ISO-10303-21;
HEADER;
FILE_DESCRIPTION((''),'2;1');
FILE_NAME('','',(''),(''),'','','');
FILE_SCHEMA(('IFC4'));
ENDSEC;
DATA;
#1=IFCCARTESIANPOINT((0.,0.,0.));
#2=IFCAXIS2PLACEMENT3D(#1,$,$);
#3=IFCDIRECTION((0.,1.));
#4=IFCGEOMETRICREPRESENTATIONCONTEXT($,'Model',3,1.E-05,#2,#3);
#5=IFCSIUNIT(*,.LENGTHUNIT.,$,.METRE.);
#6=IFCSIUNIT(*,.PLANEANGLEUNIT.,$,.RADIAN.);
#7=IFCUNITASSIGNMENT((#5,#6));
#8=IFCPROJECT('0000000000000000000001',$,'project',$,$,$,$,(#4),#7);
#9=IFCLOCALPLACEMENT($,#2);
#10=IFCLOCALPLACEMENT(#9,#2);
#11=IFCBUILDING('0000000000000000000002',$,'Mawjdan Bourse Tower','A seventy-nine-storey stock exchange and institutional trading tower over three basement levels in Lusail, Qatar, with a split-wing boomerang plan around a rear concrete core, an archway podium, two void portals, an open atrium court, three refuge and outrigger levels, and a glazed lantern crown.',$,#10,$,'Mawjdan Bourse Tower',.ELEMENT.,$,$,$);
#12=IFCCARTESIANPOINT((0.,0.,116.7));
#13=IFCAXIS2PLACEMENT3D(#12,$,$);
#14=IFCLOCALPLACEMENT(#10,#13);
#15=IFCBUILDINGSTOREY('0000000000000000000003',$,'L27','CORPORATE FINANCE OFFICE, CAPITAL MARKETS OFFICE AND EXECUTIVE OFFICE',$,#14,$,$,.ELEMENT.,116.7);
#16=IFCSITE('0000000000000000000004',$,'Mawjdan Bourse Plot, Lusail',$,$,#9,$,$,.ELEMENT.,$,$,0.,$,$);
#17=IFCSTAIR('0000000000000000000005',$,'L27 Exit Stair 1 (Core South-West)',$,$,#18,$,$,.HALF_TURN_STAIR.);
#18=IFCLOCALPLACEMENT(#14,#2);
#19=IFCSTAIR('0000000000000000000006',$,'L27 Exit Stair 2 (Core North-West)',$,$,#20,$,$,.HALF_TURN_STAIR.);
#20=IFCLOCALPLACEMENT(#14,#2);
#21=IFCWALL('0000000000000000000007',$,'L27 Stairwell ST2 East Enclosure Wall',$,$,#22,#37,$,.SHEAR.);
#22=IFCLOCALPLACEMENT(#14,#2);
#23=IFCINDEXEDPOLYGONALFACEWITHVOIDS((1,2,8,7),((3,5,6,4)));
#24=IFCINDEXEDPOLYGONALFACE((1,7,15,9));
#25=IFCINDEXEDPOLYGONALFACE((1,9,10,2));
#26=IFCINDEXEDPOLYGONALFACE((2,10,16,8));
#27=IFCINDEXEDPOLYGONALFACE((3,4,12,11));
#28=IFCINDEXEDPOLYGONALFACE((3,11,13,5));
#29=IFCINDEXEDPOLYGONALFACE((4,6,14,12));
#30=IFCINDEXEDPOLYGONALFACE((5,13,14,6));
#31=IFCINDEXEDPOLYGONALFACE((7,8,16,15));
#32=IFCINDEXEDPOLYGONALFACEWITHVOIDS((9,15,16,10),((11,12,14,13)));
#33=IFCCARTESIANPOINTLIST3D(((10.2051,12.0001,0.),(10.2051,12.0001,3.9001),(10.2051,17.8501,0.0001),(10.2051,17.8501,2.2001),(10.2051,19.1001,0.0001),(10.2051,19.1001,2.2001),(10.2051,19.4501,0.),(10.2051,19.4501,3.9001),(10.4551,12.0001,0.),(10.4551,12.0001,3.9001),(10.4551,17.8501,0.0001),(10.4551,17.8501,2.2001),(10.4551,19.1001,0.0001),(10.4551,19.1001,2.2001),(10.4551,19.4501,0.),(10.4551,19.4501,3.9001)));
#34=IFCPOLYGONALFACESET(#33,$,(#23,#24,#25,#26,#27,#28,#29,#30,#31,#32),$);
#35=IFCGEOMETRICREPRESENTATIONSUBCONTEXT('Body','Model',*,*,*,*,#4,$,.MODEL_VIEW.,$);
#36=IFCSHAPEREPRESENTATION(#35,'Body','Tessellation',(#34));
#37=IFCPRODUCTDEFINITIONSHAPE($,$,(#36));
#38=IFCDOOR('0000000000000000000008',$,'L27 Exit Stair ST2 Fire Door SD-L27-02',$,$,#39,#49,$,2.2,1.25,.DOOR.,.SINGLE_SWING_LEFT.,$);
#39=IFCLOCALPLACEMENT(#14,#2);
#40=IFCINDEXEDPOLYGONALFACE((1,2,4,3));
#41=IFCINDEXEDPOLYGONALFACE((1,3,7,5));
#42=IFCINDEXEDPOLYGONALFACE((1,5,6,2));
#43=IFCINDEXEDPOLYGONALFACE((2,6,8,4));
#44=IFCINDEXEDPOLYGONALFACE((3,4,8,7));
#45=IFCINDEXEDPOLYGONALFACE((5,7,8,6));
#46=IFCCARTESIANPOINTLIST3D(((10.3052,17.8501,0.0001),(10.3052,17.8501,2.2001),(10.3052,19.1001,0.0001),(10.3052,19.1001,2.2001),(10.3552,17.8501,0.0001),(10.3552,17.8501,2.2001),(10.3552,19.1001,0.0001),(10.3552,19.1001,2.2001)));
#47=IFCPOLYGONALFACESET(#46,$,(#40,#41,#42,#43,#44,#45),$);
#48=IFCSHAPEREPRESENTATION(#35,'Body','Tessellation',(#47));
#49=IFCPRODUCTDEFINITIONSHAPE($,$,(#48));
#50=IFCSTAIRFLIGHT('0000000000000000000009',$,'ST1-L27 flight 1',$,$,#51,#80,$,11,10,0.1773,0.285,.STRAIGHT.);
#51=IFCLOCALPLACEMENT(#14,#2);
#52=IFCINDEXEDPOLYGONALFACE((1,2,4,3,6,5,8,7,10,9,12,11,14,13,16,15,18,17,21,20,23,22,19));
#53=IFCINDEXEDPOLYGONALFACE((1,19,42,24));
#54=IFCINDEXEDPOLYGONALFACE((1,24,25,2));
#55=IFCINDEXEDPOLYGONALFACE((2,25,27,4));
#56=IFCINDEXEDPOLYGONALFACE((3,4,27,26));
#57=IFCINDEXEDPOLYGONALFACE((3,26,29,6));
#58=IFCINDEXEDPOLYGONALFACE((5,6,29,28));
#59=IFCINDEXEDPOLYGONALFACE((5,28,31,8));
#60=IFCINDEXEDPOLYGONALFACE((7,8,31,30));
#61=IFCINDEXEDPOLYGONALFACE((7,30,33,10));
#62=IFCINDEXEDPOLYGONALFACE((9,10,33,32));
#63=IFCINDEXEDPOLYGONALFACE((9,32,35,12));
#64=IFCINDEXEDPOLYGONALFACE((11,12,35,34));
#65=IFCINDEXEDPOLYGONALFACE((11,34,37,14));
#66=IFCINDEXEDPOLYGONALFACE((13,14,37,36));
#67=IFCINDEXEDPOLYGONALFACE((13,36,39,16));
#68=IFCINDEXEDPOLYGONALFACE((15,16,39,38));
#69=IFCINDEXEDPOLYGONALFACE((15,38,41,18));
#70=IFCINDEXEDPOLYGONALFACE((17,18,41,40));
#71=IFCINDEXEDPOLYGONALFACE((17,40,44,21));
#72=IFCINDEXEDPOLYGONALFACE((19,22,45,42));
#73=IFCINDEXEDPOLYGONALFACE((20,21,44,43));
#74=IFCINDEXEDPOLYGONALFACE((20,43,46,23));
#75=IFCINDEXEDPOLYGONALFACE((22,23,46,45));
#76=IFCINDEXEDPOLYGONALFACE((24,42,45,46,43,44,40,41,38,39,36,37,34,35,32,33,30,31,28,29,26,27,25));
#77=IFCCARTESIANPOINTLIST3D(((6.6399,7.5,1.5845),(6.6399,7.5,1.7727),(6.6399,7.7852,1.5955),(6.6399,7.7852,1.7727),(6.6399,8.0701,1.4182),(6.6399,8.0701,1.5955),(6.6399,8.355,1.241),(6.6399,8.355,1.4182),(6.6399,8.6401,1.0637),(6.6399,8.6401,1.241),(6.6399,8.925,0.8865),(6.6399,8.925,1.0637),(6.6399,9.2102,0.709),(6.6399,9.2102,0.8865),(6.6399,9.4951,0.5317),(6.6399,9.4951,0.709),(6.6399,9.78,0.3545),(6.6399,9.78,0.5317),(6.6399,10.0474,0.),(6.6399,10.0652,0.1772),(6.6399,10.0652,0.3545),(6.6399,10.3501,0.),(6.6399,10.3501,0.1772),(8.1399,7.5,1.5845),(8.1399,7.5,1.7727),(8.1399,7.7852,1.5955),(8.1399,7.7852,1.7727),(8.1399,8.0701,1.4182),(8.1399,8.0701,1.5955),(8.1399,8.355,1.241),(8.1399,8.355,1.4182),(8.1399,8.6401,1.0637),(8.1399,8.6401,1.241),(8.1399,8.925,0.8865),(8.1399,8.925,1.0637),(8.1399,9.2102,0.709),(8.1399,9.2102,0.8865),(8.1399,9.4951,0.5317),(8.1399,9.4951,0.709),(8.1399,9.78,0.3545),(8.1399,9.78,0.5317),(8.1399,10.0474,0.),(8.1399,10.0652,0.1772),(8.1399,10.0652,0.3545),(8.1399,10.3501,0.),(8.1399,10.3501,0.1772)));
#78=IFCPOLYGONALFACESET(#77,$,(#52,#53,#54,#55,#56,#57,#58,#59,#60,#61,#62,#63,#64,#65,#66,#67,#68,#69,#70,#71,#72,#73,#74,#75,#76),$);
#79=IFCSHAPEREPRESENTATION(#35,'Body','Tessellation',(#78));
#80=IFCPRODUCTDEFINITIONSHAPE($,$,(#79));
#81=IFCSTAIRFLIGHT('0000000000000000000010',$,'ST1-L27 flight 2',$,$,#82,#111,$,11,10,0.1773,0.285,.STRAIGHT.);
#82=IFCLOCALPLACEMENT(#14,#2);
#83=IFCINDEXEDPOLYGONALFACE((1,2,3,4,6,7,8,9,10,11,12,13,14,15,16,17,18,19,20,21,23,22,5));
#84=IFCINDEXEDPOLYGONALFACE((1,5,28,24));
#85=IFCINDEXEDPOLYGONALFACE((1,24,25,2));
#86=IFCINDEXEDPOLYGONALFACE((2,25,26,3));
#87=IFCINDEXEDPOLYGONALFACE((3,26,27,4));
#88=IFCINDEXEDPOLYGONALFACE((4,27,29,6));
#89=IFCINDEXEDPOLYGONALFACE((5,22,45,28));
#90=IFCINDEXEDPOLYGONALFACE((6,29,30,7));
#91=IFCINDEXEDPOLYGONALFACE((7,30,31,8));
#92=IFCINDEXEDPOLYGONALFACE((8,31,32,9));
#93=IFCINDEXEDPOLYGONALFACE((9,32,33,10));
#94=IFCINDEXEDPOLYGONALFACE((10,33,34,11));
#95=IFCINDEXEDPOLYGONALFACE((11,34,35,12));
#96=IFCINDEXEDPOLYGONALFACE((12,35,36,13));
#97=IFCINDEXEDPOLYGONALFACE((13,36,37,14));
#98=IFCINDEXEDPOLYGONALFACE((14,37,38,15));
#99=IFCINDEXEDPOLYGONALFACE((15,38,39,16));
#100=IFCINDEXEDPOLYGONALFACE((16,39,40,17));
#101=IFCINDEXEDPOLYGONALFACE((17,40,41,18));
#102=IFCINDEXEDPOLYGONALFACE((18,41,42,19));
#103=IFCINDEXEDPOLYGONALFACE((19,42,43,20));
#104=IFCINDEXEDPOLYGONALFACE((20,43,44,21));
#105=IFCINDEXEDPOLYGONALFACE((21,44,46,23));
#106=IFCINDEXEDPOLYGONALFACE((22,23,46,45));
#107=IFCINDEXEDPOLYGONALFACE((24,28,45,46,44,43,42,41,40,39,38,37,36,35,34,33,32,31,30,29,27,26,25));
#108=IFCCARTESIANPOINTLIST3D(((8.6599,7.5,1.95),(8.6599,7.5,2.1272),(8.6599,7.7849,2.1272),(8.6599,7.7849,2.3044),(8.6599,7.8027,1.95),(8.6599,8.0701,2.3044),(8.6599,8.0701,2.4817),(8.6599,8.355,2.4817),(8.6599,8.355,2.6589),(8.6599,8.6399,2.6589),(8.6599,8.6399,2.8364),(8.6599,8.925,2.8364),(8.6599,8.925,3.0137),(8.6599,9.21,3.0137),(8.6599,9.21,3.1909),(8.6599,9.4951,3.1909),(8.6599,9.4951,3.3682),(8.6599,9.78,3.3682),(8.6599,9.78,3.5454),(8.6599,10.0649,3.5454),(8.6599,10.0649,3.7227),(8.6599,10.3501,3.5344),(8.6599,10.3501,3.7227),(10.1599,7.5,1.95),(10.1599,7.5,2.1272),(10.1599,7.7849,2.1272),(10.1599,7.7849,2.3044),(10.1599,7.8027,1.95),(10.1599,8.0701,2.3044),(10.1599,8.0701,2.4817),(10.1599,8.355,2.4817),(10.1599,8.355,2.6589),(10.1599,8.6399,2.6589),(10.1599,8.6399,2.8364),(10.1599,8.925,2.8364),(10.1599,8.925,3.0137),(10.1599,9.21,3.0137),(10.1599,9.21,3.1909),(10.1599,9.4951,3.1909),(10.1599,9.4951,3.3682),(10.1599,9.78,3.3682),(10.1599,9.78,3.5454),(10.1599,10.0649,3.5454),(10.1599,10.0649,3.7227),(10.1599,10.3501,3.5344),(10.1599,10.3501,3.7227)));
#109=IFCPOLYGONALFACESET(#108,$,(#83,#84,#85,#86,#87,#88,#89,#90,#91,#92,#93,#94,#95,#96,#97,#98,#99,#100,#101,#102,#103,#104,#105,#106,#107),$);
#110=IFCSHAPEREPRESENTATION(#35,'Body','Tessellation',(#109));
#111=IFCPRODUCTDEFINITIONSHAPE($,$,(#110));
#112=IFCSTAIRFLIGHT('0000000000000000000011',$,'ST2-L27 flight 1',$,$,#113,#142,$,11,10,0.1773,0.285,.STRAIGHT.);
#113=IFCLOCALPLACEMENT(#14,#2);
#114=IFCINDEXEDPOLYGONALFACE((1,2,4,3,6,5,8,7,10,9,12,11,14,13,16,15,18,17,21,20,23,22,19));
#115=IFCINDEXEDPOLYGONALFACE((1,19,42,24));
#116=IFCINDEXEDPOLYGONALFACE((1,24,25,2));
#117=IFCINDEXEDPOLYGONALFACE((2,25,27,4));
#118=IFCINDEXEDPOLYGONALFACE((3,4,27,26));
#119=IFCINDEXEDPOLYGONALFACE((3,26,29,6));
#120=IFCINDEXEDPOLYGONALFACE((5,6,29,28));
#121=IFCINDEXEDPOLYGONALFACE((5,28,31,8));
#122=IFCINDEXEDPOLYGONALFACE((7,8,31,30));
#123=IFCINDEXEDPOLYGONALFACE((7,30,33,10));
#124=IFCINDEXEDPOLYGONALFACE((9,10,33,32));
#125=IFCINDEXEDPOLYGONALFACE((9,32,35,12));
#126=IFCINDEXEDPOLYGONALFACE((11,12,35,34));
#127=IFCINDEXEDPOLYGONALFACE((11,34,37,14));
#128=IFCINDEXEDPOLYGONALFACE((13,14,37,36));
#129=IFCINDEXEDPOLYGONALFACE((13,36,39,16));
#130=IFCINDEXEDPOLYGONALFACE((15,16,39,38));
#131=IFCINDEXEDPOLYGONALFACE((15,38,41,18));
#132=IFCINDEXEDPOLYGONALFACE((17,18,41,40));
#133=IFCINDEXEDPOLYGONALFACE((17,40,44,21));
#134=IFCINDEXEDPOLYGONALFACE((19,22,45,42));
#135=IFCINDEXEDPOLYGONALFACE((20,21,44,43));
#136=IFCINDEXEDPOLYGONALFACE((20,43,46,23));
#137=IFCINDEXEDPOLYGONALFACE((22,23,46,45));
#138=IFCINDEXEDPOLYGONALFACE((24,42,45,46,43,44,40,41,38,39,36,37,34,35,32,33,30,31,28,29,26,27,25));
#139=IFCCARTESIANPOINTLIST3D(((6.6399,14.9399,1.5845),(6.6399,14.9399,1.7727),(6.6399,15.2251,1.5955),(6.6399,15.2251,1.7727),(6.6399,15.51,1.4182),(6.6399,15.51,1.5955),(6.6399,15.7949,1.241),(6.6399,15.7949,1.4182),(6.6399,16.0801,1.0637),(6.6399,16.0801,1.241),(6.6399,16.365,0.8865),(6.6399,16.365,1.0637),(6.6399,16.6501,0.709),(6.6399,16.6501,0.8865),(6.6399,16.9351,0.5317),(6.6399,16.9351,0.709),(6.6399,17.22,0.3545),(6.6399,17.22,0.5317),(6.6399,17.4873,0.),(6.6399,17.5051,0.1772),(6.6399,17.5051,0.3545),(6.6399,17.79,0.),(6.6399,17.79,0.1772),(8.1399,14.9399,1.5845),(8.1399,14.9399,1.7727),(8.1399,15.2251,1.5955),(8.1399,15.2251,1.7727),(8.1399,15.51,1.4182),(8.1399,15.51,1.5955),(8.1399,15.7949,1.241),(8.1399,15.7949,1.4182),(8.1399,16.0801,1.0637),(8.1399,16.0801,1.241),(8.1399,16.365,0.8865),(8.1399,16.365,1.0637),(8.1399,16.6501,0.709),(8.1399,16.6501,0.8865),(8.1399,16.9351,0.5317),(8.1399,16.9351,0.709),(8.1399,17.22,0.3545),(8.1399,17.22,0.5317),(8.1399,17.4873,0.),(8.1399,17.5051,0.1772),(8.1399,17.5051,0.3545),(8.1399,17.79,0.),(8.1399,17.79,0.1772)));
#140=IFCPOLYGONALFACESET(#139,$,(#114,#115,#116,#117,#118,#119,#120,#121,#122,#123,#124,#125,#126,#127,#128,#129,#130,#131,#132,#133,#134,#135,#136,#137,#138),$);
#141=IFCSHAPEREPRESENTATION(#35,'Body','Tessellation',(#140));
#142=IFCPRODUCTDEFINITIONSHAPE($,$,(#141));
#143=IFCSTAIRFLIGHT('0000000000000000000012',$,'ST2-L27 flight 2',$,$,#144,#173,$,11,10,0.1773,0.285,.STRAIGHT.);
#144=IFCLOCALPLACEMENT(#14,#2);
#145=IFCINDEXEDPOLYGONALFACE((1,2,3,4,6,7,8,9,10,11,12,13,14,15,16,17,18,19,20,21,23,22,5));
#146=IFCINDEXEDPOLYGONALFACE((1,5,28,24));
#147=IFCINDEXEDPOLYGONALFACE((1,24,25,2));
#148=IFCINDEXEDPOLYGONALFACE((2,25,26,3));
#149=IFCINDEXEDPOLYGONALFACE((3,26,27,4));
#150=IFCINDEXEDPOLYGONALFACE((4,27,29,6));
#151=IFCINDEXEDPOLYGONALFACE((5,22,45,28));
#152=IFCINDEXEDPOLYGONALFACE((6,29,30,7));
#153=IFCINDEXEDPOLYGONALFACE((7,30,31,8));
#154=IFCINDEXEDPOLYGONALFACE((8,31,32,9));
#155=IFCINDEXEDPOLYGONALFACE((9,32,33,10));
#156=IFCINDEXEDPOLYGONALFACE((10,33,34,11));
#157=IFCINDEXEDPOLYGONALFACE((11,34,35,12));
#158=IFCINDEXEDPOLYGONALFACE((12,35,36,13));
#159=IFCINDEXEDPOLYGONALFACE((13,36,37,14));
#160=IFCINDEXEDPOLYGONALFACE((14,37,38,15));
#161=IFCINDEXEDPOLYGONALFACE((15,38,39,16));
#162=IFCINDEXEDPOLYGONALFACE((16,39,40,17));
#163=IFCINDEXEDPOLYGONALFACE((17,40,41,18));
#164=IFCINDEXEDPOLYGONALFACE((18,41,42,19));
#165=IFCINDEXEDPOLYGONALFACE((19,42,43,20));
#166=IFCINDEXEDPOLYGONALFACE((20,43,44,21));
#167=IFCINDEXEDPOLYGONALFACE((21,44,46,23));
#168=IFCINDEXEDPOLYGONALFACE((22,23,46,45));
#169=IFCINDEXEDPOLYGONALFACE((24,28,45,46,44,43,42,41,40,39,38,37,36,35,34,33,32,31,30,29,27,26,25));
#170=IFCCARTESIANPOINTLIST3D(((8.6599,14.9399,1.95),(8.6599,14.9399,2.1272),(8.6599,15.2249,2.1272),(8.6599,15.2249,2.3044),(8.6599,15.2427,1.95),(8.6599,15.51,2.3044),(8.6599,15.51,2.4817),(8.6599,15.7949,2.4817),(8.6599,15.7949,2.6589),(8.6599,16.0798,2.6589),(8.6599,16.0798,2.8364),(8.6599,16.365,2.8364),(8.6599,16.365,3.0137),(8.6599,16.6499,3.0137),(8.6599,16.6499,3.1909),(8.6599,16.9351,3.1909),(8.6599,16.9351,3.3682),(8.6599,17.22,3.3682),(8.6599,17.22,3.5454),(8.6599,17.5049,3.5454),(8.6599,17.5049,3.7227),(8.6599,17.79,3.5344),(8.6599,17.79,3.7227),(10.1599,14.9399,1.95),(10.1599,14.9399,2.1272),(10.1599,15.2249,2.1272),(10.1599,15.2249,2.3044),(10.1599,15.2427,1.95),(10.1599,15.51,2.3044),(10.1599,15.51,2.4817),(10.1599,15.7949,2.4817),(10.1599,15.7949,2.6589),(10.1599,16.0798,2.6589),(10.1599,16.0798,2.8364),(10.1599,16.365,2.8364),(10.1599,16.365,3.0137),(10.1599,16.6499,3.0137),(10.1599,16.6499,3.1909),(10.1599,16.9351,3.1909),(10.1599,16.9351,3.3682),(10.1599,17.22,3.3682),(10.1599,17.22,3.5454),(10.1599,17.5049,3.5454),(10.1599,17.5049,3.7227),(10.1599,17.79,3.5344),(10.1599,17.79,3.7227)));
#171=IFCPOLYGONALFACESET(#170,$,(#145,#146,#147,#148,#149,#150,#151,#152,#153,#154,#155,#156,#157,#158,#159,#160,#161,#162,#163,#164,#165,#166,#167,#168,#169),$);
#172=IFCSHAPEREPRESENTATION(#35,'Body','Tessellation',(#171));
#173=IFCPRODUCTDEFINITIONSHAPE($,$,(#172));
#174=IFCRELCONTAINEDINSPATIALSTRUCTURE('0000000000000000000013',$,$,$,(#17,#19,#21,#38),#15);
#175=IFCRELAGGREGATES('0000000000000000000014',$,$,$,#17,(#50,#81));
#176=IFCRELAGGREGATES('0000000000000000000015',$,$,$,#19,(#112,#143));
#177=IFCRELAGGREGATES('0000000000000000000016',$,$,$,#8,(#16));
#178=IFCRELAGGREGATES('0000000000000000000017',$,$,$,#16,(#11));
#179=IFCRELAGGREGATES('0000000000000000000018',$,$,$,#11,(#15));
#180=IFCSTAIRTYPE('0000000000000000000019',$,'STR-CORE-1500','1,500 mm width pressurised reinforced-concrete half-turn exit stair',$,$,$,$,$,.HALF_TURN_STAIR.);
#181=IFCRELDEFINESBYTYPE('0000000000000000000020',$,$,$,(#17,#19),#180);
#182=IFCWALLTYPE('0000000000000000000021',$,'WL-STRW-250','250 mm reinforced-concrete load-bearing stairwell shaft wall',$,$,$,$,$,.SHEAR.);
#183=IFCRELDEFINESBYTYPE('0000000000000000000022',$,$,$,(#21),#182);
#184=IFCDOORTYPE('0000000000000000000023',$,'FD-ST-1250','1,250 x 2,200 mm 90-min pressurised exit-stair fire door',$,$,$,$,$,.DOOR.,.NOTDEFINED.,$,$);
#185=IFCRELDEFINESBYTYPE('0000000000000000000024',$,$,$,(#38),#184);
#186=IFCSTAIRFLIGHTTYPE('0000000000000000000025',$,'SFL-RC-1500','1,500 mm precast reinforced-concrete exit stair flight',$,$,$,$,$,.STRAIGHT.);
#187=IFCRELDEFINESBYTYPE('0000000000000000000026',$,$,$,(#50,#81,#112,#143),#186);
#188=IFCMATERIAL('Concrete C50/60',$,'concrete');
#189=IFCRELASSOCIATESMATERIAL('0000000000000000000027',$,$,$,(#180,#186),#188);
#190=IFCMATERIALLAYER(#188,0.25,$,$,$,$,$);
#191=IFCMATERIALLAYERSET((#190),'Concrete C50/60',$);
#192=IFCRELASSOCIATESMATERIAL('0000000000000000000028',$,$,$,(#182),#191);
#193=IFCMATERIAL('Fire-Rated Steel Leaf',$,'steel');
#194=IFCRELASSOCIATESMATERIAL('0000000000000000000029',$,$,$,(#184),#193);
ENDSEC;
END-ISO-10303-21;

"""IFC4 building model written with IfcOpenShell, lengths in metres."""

from ifc_helpers import new_model, si_unit, direction, frame, frame_2d, origin, place, context, subcontext, project, spatial, polyline, rectangle, outline, extrude, material, layer, layer_set, type_object, element, fill, aggregate, save


model = new_model("IFC4")

# Units and contexts
model_context = context("Model", 3, precision=1e-05, world=origin(), true_north=direction((0.0, 1.0)))
body_context = subcontext(model_context, "Body", "Model", "MODEL_VIEW")
ifc_project = project(units=[si_unit("LENGTHUNIT", "METRE"), si_unit("PLANEANGLEUNIT", "RADIAN")], contexts=[model_context])

# Site, building, storey
site_placement = place(None, origin())
site = spatial("IfcSite", under=ifc_project, at=site_placement, Name="Mawjdan Bourse Plot, Lusail", CompositionType="ELEMENT", RefElevation=0.0)
building_placement = place(site_placement, origin())
building = spatial("IfcBuilding", under=site, at=building_placement, Name="Mawjdan Bourse Tower", Description="A seventy-nine-storey stock exchange and institutional trading tower over three basement levels in Lusail, Qatar, with a split-wing boomerang plan around a rear concrete core, an archway podium, two void portals, an open atrium court, three refuge and outrigger levels, and a glazed lantern crown.", LongName="Mawjdan Bourse Tower", CompositionType="ELEMENT")
storey_placement = place(building_placement, frame((0.0, 0.0, 116.7)))
storey = spatial("IfcBuildingStorey", under=building, at=storey_placement, Name="L27", Description="CORPORATE FINANCE OFFICE, CAPITAL MARKETS OFFICE AND EXECUTIVE OFFICE", CompositionType="ELEMENT", Elevation=116.7)

# Stairs
ifc_material_1 = material(Name="Concrete C50/60", Category="concrete")
stair_type = type_object("IfcStairType", Name="STR-CORE-1500", Description="1,500 mm width pressurised reinforced-concrete half-turn exit stair", PredefinedType="HALF_TURN_STAIR", material=ifc_material_1)
stair_1_placement = place(storey_placement, origin())
stair_1 = element("IfcStair", 1, at=stair_1_placement, inside=storey, type_object=stair_type, Name="L27 Exit Stair 1 (Core South-West)", PredefinedType="HALF_TURN_STAIR")
stair_2_placement = place(storey_placement, origin())
stair_2 = element("IfcStair", 2, at=stair_2_placement, inside=storey, type_object=stair_type, Name="L27 Exit Stair 2 (Core North-West)", PredefinedType="HALF_TURN_STAIR")

# Shared definitions
ifc_layer_1 = layer(ifc_material_1, 0.25)
ifc_layer_set_1 = layer_set([ifc_layer_1], Name="Concrete C50/60")
wall_type_1 = type_object("IfcWallType", Name="WL-STRW-250", Description="250 mm reinforced-concrete load-bearing stairwell shaft wall", PredefinedType="SHEAR", material=ifc_layer_set_1)

# Wall, opening, door
ifc_material_2 = material(Name="Fire-Rated Steel Leaf", Category="steel")
door_type_1 = type_object("IfcDoorType", Name="FD-ST-1250", Description="1,250 x 2,200 mm 90-min pressurised exit-stair fire door", OperationType="NOTDEFINED", PredefinedType="DOOR", material=ifc_material_2)
wall_1_placement = place(storey_placement, frame((10.3301, 12.0, 0.0), z_axis=(0.0, 0.0, 1.0), x_axis=(0.0, 1.0, 0.0)))
wall_1 = element("IfcWall", 3, at=wall_1_placement, inside=storey, type_object=wall_type_1, Name="L27 Stairwell ST2 East Enclosure Wall", PredefinedType="SHEAR", context=body_context, shape_type="SweptSolid", body=[
    extrude(rectangle(XDim=7.45, YDim=0.25, at=frame_2d((3.7251, 0.0))), origin(), (0.0, 0.0, 1.0), 3.9001),
])
opening_1_placement = place(wall_1_placement, frame((5.8501, 0.0, 0.0)))
opening_1 = element("IfcOpeningElement", 4, at=opening_1_placement, cuts=wall_1, PredefinedType="OPENING", context=body_context, shape_type="SweptSolid", body=[
    extrude(rectangle(XDim=1.25, YDim=2.2, at=frame_2d((0.625, 1.1001))), frame((0.0, 0.135, 0.0), z_axis=(0.0, -1.0, 0.0), x_axis=(1.0, 0.0, 0.0)), (0.0, 0.0, 1.0), 0.27),
])
door_1_placement = place(opening_1_placement, origin())
door_1 = element("IfcDoor", 5, at=door_1_placement, inside=storey, type_object=door_type_1, Name="L27 Exit Stair ST2 Fire Door SD-L27-02", OperationType="SINGLE_SWING_LEFT", OverallHeight=2.2, OverallWidth=1.25, PredefinedType="DOOR", context=body_context, shape_type="SweptSolid", body=[
    extrude(rectangle(XDim=1.25, YDim=2.2, at=frame_2d((0.625, 1.1001))), frame((0.0, 0.0249, 0.0), z_axis=(0.0, -1.0, 0.0), x_axis=(1.0, 0.0, 0.0)), (0.0, 0.0, 1.0), 0.05),
])
fill(opening_1, door_1)

# Stair flights
stair_flight_type = type_object("IfcStairFlightType", Name="SFL-RC-1500", Description="1,500 mm precast reinforced-concrete exit stair flight", PredefinedType="STRAIGHT", material=ifc_material_1)
stair_flight_1_placement = place(storey_placement, frame((7.3899, 10.3501, 0.0), z_axis=(0.0, 0.0, 1.0), x_axis=(0.0, -1.0, 0.0)))
stair_flight_1 = element("IfcStairFlight", 6, at=stair_flight_1_placement, type_object=stair_flight_type, Name="ST1-L27 flight 1", NumberOfRisers=11, NumberOfTreads=10, PredefinedType="STRAIGHT", RiserHeight=0.1773, TreadLength=0.285, context=body_context, shape_type="SweptSolid", body=[
    extrude(outline(polyline([(0.0, 0.0), (0.0, 0.1772), (0.2849, 0.1772), (0.2849, 0.3545), (0.5701, 0.3545), (0.5701, 0.5317), (0.855, 0.5317), (0.855, 0.709), (1.1399, 0.709), (1.1399, 0.8865), (1.425, 0.8865), (1.425, 1.0637), (1.71, 1.0637), (1.71, 1.241), (1.9951, 1.241), (1.9951, 1.4182), (2.28, 1.4182), (2.28, 1.5955), (2.5649, 1.5955), (2.5649, 1.7727), (2.8501, 1.7727), (2.8501, 1.95), (2.8501, 1.5845), (0.3027, 0.0), (0.0, 0.0)])), frame((0.0, 0.75, 0.0), z_axis=(0.0, -1.0, 0.0), x_axis=(1.0, 0.0, 0.0)), (0.0, 0.0, 1.0), 1.5),
])
stair_flight_2_placement = place(storey_placement, frame((9.4099, 7.5, 1.95), z_axis=(0.0, 0.0, 1.0), x_axis=(0.0, 1.0, 0.0)))
stair_flight_2 = element("IfcStairFlight", 7, at=stair_flight_2_placement, type_object=stair_flight_type, Name="ST1-L27 flight 2", NumberOfRisers=11, NumberOfTreads=10, PredefinedType="STRAIGHT", RiserHeight=0.1773, TreadLength=0.285, context=body_context, shape_type="SweptSolid", body=[
    extrude(outline(polyline([(0.0, 0.0), (0.0, 0.1772), (0.2849, 0.1772), (0.2849, 0.3545), (0.5701, 0.3545), (0.5701, 0.5317), (0.855, 0.5317), (0.855, 0.709), (1.1399, 0.709), (1.1399, 0.8865), (1.425, 0.8865), (1.425, 1.0637), (1.71, 1.0637), (1.71, 1.241), (1.9951, 1.241), (1.9951, 1.4182), (2.28, 1.4182), (2.28, 1.5955), (2.5649, 1.5955), (2.5649, 1.7727), (2.8501, 1.7727), (2.8501, 1.95), (2.8501, 1.5845), (0.3027, 0.0), (0.0, 0.0)])), frame((0.0, 0.75, 0.0), z_axis=(0.0, -1.0, 0.0), x_axis=(1.0, 0.0, 0.0)), (0.0, 0.0, 1.0), 1.5),
])
aggregate(stair_1, [stair_flight_1, stair_flight_2])
stair_flight_3_placement = place(storey_placement, frame((7.3899, 17.79, 0.0), z_axis=(0.0, 0.0, 1.0), x_axis=(0.0, -1.0, 0.0)))
stair_flight_3 = element("IfcStairFlight", 8, at=stair_flight_3_placement, type_object=stair_flight_type, Name="ST2-L27 flight 1", NumberOfRisers=11, NumberOfTreads=10, PredefinedType="STRAIGHT", RiserHeight=0.1773, TreadLength=0.285, context=body_context, shape_type="SweptSolid", body=[
    extrude(outline(polyline([(0.0, 0.0), (0.0, 0.1772), (0.2849, 0.1772), (0.2849, 0.3545), (0.5701, 0.3545), (0.5701, 0.5317), (0.855, 0.5317), (0.855, 0.709), (1.1399, 0.709), (1.1399, 0.8865), (1.425, 0.8865), (1.425, 1.0637), (1.71, 1.0637), (1.71, 1.241), (1.9951, 1.241), (1.9951, 1.4182), (2.28, 1.4182), (2.28, 1.5955), (2.5649, 1.5955), (2.5649, 1.7727), (2.8501, 1.7727), (2.8501, 1.95), (2.8501, 1.5845), (0.3027, 0.0), (0.0, 0.0)])), frame((0.0, 0.75, 0.0), z_axis=(0.0, -1.0, 0.0), x_axis=(1.0, 0.0, 0.0)), (0.0, 0.0, 1.0), 1.5),
])
stair_flight_4_placement = place(storey_placement, frame((9.4099, 14.9399, 1.95), z_axis=(0.0, 0.0, 1.0), x_axis=(0.0, 1.0, 0.0)))
stair_flight_4 = element("IfcStairFlight", 9, at=stair_flight_4_placement, type_object=stair_flight_type, Name="ST2-L27 flight 2", NumberOfRisers=11, NumberOfTreads=10, PredefinedType="STRAIGHT", RiserHeight=0.1773, TreadLength=0.285, context=body_context, shape_type="SweptSolid", body=[
    extrude(outline(polyline([(0.0, 0.0), (0.0, 0.1772), (0.2849, 0.1772), (0.2849, 0.3545), (0.5701, 0.3545), (0.5701, 0.5317), (0.855, 0.5317), (0.855, 0.709), (1.1399, 0.709), (1.1399, 0.8865), (1.425, 0.8865), (1.425, 1.0637), (1.71, 1.0637), (1.71, 1.241), (1.9951, 1.241), (1.9951, 1.4182), (2.28, 1.4182), (2.28, 1.5955), (2.5649, 1.5955), (2.5649, 1.7727), (2.8501, 1.7727), (2.8501, 1.95), (2.8501, 1.5845), (0.3027, 0.0), (0.0, 0.0)])), frame((0.0, 0.75, 0.0), z_axis=(0.0, -1.0, 0.0), x_axis=(1.0, 0.0, 0.0)), (0.0, 0.0, 1.0), 1.5),
])
aggregate(stair_2, [stair_flight_3, stair_flight_4])

save(model, "model.ifc")
